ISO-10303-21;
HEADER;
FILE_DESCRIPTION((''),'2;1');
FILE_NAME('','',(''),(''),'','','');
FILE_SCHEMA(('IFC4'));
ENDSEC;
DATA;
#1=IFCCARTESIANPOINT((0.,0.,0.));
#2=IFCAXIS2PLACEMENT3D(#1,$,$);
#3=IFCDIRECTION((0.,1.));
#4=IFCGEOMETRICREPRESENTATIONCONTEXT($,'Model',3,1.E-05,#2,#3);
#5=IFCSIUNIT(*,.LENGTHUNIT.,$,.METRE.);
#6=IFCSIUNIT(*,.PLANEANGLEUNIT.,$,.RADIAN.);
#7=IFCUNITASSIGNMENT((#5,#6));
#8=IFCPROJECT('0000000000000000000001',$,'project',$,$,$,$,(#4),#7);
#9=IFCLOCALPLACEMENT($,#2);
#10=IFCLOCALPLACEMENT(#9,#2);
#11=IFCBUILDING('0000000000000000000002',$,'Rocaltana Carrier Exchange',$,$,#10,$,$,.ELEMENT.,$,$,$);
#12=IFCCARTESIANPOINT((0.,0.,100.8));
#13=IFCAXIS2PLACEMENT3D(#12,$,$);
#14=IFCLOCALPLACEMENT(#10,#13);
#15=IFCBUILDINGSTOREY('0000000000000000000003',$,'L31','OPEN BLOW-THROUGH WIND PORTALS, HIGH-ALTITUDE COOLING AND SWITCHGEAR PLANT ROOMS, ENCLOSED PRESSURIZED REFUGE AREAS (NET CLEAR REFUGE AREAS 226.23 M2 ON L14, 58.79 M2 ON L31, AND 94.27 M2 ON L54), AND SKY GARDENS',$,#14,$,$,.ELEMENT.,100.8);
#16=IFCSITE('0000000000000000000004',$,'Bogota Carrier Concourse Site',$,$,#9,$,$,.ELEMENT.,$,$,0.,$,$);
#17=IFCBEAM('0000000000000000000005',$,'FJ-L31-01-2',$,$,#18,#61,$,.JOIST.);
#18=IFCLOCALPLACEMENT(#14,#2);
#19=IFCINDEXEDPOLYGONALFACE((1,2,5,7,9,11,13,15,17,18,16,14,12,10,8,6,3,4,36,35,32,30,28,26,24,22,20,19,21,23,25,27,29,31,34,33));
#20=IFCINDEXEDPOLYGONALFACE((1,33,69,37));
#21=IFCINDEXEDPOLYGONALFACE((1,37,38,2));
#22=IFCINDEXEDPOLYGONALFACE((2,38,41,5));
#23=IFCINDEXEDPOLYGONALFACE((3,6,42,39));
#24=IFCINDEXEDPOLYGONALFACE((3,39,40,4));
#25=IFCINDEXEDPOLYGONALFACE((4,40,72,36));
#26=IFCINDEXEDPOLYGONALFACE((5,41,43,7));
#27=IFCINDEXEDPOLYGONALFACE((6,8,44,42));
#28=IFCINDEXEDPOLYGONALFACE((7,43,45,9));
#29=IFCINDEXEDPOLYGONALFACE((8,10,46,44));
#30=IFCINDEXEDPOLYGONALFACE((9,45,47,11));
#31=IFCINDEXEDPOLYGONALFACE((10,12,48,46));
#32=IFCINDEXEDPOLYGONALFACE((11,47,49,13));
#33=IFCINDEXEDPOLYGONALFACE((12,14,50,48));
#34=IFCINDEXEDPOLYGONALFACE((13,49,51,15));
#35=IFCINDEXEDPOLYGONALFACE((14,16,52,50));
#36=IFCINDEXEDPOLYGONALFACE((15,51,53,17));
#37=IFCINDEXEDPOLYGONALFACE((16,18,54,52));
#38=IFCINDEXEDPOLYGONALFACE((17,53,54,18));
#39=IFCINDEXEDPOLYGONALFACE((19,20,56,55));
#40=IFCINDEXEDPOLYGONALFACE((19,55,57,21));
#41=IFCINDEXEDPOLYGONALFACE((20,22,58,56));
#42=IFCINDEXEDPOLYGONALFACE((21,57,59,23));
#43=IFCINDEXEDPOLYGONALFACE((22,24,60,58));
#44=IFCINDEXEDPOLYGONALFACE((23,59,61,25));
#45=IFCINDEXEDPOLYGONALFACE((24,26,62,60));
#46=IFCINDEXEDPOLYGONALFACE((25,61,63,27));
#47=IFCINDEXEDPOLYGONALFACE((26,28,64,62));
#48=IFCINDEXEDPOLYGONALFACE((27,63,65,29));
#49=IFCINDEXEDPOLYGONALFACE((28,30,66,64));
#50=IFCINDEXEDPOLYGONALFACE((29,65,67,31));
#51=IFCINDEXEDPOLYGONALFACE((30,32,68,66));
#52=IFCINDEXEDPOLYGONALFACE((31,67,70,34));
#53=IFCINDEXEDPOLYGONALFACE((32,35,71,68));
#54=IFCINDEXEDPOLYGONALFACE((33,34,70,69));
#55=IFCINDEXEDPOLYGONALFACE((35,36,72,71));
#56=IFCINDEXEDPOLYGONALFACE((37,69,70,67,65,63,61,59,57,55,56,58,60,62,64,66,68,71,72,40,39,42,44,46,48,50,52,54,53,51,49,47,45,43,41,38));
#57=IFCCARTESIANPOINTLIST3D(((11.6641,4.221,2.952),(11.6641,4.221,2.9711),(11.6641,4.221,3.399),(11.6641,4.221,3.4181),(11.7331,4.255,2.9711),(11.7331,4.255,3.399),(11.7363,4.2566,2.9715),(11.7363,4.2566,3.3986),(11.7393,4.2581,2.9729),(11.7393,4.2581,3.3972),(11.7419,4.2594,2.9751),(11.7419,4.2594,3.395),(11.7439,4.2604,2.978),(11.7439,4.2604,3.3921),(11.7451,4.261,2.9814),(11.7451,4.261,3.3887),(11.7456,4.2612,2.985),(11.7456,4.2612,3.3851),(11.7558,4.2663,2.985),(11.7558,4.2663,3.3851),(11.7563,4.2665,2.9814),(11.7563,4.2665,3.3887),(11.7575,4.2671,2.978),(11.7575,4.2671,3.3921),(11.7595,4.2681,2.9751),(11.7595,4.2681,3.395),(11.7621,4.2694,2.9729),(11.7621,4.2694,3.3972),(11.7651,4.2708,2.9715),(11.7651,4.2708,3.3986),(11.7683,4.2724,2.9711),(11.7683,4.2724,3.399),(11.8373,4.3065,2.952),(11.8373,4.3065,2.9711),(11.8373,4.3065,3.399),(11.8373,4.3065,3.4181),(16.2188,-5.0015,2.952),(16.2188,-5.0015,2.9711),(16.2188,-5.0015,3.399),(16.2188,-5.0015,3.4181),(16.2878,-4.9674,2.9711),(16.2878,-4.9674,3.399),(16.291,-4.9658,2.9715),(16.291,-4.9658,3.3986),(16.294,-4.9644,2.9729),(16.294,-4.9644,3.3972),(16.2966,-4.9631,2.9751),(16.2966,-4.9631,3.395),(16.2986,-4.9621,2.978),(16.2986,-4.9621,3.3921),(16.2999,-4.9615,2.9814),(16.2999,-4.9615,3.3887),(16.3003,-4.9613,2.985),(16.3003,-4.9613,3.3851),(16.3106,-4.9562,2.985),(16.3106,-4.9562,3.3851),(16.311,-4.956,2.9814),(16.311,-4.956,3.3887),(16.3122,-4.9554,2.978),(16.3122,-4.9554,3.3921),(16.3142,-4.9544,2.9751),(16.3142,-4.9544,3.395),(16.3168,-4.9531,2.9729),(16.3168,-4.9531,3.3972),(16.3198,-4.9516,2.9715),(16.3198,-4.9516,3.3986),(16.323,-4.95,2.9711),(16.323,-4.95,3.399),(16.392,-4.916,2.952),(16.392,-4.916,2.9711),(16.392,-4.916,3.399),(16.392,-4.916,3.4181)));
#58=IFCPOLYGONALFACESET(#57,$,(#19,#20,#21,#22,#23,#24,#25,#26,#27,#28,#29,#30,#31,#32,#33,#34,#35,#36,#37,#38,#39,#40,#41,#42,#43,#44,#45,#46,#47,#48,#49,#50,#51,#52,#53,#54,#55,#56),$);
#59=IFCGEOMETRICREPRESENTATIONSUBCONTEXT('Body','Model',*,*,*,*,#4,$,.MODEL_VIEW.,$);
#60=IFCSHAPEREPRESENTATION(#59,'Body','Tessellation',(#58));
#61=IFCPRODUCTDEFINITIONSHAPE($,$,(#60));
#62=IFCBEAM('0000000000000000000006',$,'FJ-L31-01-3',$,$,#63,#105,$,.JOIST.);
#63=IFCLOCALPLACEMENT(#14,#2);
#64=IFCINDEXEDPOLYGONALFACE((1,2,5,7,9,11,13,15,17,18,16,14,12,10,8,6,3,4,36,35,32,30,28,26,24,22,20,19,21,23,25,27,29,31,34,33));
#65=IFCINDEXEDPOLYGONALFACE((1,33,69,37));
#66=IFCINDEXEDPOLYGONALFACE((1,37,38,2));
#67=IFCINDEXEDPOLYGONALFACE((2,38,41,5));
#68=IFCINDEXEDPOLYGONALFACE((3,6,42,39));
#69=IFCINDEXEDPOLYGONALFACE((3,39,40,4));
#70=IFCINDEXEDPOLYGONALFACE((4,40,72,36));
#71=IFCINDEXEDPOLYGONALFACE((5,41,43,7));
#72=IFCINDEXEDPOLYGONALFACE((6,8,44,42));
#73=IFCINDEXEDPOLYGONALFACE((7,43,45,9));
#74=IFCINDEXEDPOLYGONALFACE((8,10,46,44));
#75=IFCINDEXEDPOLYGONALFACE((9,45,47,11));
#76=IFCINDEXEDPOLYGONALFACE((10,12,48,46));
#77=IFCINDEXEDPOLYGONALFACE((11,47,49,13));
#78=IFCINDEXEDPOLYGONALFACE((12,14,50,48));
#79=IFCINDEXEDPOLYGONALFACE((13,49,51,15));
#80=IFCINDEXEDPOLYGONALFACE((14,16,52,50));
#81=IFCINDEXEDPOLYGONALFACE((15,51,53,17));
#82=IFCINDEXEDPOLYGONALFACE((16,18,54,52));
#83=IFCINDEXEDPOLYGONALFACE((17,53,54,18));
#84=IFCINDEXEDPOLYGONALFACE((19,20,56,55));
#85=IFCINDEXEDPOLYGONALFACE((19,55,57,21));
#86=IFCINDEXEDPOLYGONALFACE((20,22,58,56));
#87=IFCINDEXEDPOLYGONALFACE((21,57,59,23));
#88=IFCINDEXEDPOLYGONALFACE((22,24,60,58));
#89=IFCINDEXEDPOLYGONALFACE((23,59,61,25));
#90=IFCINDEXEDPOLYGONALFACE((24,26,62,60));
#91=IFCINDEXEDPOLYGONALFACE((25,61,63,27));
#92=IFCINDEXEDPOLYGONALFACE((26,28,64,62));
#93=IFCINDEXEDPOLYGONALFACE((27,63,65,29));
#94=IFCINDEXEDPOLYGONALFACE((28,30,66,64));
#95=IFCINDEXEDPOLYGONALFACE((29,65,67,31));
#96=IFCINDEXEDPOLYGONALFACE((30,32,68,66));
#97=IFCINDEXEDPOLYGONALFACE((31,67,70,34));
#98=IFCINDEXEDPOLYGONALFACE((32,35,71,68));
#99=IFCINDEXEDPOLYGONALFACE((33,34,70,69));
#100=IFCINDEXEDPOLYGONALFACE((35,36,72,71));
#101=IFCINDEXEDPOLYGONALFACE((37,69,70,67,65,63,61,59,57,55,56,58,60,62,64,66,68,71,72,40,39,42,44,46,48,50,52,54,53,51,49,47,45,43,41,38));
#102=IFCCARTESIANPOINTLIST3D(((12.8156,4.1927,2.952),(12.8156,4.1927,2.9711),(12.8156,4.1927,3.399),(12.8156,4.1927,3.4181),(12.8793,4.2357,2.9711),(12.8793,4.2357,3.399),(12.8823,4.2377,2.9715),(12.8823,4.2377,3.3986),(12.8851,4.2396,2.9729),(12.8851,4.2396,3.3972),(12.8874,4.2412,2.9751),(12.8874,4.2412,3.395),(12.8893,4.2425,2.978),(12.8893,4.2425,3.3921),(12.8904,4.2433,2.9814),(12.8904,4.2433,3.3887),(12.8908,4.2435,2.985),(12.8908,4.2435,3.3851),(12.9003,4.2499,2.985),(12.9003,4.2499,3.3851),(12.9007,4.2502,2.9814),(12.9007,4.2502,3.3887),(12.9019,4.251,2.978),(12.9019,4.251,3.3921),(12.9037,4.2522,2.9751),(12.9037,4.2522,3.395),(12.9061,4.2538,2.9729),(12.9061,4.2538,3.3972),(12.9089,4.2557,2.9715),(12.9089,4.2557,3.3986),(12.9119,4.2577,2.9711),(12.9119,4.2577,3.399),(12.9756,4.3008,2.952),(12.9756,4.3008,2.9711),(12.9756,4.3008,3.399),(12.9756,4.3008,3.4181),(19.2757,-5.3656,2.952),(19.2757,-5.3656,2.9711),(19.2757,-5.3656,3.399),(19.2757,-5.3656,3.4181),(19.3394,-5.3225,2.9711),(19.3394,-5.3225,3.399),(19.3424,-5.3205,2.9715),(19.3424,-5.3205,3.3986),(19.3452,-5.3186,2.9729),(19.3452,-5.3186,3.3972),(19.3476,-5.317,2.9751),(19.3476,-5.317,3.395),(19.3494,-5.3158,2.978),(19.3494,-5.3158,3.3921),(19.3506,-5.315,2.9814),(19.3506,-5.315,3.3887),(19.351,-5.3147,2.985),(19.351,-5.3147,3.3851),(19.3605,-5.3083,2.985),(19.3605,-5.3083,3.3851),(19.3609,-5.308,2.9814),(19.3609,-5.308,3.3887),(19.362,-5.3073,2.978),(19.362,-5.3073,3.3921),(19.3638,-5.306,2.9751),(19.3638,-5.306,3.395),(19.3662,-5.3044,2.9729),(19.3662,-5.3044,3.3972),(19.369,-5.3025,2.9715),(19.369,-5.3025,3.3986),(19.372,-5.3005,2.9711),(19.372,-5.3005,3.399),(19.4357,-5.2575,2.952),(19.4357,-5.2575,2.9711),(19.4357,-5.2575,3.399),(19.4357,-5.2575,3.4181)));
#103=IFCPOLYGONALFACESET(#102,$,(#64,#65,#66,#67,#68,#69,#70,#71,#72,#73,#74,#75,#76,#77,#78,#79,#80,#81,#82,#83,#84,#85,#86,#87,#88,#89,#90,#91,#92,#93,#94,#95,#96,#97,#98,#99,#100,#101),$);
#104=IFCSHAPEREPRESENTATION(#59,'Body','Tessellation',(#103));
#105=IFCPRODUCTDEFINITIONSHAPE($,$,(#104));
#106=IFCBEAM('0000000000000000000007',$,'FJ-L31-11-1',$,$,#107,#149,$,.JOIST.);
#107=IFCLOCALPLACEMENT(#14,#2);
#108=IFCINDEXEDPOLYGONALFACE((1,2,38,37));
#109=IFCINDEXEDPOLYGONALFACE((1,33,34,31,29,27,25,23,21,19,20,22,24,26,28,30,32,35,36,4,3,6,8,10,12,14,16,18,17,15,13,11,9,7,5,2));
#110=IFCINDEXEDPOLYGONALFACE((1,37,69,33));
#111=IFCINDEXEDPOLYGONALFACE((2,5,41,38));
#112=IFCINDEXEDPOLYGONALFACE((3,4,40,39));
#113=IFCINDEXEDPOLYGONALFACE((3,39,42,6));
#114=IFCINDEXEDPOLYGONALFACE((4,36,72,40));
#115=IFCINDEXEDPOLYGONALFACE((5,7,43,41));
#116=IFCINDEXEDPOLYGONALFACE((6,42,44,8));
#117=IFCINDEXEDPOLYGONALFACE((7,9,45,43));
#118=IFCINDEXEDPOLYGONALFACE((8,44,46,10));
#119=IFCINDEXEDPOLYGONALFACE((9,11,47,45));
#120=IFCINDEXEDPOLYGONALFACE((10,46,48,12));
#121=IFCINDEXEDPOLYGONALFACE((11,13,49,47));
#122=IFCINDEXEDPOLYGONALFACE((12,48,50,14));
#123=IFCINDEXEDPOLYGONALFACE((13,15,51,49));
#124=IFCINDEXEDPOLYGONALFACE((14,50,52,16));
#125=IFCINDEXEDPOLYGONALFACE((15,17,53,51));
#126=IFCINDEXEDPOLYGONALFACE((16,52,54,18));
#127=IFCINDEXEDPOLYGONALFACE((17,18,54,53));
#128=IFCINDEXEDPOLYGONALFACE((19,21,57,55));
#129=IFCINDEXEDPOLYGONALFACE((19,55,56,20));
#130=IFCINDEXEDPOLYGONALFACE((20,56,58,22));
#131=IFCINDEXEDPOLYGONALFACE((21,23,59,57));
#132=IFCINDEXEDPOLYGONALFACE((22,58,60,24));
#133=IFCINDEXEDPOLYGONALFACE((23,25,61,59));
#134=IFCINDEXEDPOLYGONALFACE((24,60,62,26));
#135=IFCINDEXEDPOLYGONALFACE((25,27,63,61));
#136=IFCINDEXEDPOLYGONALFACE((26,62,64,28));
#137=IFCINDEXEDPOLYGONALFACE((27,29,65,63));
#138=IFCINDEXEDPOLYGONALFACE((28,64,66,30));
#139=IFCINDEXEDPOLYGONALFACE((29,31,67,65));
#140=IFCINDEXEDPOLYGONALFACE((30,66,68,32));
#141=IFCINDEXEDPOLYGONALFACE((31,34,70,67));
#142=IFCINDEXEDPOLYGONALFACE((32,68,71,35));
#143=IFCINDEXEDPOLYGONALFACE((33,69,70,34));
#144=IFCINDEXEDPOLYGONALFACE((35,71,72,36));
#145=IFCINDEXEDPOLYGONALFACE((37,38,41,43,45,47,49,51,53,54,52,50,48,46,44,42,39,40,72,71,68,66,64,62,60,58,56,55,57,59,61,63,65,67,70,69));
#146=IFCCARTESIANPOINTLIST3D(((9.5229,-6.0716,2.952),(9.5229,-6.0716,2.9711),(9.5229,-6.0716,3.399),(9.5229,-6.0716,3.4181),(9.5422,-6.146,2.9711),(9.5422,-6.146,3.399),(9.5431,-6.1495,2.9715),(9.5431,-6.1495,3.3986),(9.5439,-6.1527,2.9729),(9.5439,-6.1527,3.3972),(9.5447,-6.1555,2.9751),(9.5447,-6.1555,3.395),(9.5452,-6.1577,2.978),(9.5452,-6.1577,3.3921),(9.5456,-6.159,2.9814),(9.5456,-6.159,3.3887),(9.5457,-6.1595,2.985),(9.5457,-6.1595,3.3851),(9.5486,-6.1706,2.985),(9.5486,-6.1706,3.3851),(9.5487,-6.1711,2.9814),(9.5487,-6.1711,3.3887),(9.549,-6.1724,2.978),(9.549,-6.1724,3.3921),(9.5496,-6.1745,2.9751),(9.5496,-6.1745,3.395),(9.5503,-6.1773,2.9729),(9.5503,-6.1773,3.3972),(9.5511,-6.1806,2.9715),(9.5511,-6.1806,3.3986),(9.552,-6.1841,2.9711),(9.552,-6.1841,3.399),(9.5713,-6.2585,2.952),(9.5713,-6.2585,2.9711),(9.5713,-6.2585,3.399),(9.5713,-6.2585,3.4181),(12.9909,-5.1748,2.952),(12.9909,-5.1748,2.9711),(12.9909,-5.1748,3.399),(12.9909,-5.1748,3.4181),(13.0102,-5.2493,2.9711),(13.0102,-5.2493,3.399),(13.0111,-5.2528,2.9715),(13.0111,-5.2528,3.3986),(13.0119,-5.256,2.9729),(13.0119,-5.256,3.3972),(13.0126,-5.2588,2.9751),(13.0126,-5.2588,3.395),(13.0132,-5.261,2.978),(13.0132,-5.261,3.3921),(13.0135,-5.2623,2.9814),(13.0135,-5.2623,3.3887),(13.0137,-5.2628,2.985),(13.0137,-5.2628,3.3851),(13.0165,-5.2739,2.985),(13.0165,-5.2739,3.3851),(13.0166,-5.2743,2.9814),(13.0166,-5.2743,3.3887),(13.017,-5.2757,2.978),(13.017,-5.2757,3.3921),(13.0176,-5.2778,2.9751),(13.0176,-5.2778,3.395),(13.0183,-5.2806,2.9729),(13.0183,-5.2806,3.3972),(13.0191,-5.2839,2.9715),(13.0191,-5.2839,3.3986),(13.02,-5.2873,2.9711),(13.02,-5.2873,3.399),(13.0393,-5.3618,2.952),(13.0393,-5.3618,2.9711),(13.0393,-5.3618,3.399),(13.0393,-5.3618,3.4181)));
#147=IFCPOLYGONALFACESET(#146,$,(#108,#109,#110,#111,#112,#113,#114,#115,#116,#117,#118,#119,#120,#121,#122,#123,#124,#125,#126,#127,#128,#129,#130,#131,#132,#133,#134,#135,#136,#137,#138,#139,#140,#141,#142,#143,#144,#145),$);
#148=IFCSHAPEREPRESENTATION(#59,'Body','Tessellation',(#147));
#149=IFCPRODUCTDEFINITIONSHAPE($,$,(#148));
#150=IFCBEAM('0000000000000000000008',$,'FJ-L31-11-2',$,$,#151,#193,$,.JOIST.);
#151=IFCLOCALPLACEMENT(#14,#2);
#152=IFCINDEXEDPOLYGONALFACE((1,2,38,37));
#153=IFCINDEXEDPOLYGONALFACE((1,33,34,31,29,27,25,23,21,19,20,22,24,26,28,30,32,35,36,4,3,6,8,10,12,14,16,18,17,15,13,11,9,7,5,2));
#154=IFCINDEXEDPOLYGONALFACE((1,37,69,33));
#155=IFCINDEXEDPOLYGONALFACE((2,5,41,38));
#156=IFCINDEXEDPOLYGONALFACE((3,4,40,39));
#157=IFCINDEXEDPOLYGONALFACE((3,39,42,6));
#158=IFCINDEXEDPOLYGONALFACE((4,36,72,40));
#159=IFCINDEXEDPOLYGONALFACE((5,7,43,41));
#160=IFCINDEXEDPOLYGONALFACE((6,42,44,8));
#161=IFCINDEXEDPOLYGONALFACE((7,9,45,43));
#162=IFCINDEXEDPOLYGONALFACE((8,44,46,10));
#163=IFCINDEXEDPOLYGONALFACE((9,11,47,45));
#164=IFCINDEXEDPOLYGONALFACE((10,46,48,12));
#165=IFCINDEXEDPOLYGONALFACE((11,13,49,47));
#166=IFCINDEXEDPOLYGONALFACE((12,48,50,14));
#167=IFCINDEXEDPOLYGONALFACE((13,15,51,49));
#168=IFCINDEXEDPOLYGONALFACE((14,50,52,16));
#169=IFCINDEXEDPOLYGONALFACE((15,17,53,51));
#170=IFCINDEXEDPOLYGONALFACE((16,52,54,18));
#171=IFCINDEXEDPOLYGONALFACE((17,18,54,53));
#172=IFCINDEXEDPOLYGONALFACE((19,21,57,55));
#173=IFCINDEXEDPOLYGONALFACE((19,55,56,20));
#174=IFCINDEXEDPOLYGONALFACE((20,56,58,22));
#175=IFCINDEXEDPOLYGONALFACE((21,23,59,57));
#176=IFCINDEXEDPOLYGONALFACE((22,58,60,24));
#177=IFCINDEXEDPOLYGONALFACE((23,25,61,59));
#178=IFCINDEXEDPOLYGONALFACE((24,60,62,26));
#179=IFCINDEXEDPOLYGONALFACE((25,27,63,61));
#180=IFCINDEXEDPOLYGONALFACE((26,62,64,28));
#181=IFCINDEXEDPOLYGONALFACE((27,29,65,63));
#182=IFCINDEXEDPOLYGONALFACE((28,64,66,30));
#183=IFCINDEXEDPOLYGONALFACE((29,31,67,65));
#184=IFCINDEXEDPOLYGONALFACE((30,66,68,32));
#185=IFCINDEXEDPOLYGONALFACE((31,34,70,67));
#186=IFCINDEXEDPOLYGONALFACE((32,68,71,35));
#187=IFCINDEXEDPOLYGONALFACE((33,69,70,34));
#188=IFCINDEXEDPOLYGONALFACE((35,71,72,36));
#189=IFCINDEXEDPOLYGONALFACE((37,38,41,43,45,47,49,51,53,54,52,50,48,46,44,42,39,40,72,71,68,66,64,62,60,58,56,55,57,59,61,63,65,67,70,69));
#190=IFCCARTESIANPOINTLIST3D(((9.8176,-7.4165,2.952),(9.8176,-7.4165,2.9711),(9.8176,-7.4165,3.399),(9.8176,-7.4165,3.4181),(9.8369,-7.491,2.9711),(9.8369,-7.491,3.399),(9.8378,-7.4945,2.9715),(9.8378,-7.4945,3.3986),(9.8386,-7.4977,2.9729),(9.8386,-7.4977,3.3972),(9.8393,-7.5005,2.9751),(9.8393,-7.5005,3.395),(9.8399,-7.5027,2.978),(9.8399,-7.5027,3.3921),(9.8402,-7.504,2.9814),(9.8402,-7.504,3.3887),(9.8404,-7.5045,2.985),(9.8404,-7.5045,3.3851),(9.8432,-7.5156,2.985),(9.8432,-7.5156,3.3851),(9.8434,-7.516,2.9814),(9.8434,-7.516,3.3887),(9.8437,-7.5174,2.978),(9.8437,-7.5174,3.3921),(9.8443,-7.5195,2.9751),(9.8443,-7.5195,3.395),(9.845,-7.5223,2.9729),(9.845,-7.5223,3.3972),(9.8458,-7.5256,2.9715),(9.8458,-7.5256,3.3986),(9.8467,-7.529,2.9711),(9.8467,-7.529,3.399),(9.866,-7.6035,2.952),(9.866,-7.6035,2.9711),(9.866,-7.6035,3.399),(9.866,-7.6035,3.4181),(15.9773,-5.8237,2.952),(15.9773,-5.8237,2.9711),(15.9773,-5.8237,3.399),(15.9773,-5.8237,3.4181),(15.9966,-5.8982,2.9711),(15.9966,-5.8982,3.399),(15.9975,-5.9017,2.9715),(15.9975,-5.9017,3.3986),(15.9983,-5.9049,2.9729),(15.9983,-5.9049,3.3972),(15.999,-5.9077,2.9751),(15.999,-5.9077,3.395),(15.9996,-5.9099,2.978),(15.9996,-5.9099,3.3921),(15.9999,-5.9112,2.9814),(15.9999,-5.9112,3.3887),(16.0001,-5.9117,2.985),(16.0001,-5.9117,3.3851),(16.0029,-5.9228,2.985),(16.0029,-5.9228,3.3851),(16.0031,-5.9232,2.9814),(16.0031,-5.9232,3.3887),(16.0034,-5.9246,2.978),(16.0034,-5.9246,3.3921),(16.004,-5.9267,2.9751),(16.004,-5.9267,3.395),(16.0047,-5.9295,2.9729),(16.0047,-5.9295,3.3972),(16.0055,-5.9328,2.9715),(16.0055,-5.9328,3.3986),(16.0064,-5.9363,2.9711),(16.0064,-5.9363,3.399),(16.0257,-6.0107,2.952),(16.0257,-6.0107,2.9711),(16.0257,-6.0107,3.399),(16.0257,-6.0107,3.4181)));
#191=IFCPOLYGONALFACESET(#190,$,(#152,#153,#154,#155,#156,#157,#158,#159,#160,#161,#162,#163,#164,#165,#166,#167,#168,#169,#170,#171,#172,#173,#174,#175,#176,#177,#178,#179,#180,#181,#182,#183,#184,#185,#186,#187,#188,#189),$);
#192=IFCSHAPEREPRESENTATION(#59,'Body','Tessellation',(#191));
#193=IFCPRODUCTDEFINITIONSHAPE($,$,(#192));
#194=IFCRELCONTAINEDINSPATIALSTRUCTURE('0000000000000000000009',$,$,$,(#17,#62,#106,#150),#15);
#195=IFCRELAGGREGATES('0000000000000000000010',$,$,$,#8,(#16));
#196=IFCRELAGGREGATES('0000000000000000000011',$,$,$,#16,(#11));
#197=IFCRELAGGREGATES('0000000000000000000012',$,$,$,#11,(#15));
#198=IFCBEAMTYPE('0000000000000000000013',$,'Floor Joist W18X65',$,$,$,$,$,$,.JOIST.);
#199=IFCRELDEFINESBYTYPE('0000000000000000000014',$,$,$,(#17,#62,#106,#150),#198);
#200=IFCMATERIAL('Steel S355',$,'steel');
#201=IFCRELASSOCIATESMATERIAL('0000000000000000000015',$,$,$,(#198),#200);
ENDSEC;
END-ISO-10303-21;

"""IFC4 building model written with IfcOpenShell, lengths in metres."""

from ifc_helpers import new_model, si_unit, direction, frame, origin, origin_2d, place, context, subcontext, project, spatial, i_section, extrude, material, material_profile, profile_set, type_object, element, save


model = new_model("IFC4")

# Units and contexts
model_context = context("Model", 3, precision=1e-05, world=origin(), true_north=direction((0.0, 1.0)))
body_context = subcontext(model_context, "Body", "Model", "MODEL_VIEW")
ifc_project = project(units=[si_unit("LENGTHUNIT", "METRE"), si_unit("PLANEANGLEUNIT", "RADIAN")], contexts=[model_context])

# Site, building, storey
site_placement = place(None, origin())
site = spatial("IfcSite", under=ifc_project, at=site_placement, Name="Bogota Carrier Concourse Site", CompositionType="ELEMENT", RefElevation=0.0)
building_placement = place(site_placement, origin())
building = spatial("IfcBuilding", under=site, at=building_placement, Name="Rocaltana Carrier Exchange", CompositionType="ELEMENT")
storey_placement = place(building_placement, frame((0.0, 0.0, 100.8)))
storey = spatial("IfcBuildingStorey", under=building, at=storey_placement, Name="L31", Description="OPEN BLOW-THROUGH WIND PORTALS, HIGH-ALTITUDE COOLING AND SWITCHGEAR PLANT ROOMS, ENCLOSED PRESSURIZED REFUGE AREAS (NET CLEAR REFUGE AREAS 226.23 M2 ON L14, 58.79 M2 ON L31, AND 94.27 M2 ON L54), AND SKY GARDENS", CompositionType="ELEMENT", Elevation=100.8)

# Beams
ifc_material_1 = material(Name="Steel S355", Category="steel")
ifc_material_profile_1 = material_profile(ifc_material_1, i_section(OverallWidth=0.1931, OverallDepth=0.4661, WebThickness=0.0115, FlangeThickness=0.019, FilletRadius=0.0139, at=origin_2d()), Name="W18X65")
ifc_profile_set_1 = profile_set([ifc_material_profile_1], Name="Steel S355")
beam_type_1 = type_object("IfcBeamType", Name="Floor Joist W18X65", PredefinedType="JOIST", material=ifc_profile_set_1)
beam_1_placement = place(storey_placement, frame((16.3054, -4.9587, 3.1851), z_axis=(-0.442812, 0.896614, 0.0), x_axis=(-0.896614, -0.442812, 0.0)))
element("IfcBeam", 1, at=beam_1_placement, inside=storey, type_object=beam_type_1, Name="FJ-L31-01-2", PredefinedType="JOIST", context=body_context, shape_type="SweptSolid", body=[
    extrude(i_section(OverallWidth=0.1931, OverallDepth=0.4661, WebThickness=0.0115, FlangeThickness=0.019, FilletRadius=0.0139, at=origin_2d()), origin(), (0.0, 0.0, 1.0), 10.2859),
])
beam_2_placement = place(storey_placement, frame((19.3557, -5.3115, 3.1851), z_axis=(-0.559968, 0.828514, 0.0), x_axis=(-0.828514, -0.559968, 0.0)))
element("IfcBeam", 2, at=beam_2_placement, inside=storey, type_object=beam_type_1, Name="FJ-L31-01-3", PredefinedType="JOIST", context=body_context, shape_type="SweptSolid", body=[
    extrude(i_section(OverallWidth=0.1931, OverallDepth=0.4661, WebThickness=0.0115, FlangeThickness=0.019, FilletRadius=0.0139, at=origin_2d()), origin(), (0.0, 0.0, 1.0), 11.5366),
])
beam_3_placement = place(storey_placement, frame((9.5471, -6.165, 3.1851), z_axis=(0.968159, 0.250338, 0.0), x_axis=(-0.250338, 0.968159, 0.0)))
element("IfcBeam", 3, at=beam_3_placement, inside=storey, type_object=beam_type_1, Name="FJ-L31-11-1", PredefinedType="JOIST", context=body_context, shape_type="SweptSolid", body=[
    extrude(i_section(OverallWidth=0.1931, OverallDepth=0.4661, WebThickness=0.0115, FlangeThickness=0.019, FilletRadius=0.0139, at=origin_2d()), origin(), (0.0, 0.0, 1.0), 3.582),
])
beam_4_placement = place(storey_placement, frame((9.8418, -7.51, 3.1851), z_axis=(0.968156, 0.250347, 0.0), x_axis=(-0.250347, 0.968156, 0.0)))
element("IfcBeam", 4, at=beam_4_placement, inside=storey, type_object=beam_type_1, Name="FJ-L31-11-2", PredefinedType="JOIST", context=body_context, shape_type="SweptSolid", body=[
    extrude(i_section(OverallWidth=0.1931, OverallDepth=0.4661, WebThickness=0.0115, FlangeThickness=0.019, FilletRadius=0.0139, at=origin_2d()), origin(), (0.0, 0.0, 1.0), 6.3623),
])

save(model, "model.ifc")
